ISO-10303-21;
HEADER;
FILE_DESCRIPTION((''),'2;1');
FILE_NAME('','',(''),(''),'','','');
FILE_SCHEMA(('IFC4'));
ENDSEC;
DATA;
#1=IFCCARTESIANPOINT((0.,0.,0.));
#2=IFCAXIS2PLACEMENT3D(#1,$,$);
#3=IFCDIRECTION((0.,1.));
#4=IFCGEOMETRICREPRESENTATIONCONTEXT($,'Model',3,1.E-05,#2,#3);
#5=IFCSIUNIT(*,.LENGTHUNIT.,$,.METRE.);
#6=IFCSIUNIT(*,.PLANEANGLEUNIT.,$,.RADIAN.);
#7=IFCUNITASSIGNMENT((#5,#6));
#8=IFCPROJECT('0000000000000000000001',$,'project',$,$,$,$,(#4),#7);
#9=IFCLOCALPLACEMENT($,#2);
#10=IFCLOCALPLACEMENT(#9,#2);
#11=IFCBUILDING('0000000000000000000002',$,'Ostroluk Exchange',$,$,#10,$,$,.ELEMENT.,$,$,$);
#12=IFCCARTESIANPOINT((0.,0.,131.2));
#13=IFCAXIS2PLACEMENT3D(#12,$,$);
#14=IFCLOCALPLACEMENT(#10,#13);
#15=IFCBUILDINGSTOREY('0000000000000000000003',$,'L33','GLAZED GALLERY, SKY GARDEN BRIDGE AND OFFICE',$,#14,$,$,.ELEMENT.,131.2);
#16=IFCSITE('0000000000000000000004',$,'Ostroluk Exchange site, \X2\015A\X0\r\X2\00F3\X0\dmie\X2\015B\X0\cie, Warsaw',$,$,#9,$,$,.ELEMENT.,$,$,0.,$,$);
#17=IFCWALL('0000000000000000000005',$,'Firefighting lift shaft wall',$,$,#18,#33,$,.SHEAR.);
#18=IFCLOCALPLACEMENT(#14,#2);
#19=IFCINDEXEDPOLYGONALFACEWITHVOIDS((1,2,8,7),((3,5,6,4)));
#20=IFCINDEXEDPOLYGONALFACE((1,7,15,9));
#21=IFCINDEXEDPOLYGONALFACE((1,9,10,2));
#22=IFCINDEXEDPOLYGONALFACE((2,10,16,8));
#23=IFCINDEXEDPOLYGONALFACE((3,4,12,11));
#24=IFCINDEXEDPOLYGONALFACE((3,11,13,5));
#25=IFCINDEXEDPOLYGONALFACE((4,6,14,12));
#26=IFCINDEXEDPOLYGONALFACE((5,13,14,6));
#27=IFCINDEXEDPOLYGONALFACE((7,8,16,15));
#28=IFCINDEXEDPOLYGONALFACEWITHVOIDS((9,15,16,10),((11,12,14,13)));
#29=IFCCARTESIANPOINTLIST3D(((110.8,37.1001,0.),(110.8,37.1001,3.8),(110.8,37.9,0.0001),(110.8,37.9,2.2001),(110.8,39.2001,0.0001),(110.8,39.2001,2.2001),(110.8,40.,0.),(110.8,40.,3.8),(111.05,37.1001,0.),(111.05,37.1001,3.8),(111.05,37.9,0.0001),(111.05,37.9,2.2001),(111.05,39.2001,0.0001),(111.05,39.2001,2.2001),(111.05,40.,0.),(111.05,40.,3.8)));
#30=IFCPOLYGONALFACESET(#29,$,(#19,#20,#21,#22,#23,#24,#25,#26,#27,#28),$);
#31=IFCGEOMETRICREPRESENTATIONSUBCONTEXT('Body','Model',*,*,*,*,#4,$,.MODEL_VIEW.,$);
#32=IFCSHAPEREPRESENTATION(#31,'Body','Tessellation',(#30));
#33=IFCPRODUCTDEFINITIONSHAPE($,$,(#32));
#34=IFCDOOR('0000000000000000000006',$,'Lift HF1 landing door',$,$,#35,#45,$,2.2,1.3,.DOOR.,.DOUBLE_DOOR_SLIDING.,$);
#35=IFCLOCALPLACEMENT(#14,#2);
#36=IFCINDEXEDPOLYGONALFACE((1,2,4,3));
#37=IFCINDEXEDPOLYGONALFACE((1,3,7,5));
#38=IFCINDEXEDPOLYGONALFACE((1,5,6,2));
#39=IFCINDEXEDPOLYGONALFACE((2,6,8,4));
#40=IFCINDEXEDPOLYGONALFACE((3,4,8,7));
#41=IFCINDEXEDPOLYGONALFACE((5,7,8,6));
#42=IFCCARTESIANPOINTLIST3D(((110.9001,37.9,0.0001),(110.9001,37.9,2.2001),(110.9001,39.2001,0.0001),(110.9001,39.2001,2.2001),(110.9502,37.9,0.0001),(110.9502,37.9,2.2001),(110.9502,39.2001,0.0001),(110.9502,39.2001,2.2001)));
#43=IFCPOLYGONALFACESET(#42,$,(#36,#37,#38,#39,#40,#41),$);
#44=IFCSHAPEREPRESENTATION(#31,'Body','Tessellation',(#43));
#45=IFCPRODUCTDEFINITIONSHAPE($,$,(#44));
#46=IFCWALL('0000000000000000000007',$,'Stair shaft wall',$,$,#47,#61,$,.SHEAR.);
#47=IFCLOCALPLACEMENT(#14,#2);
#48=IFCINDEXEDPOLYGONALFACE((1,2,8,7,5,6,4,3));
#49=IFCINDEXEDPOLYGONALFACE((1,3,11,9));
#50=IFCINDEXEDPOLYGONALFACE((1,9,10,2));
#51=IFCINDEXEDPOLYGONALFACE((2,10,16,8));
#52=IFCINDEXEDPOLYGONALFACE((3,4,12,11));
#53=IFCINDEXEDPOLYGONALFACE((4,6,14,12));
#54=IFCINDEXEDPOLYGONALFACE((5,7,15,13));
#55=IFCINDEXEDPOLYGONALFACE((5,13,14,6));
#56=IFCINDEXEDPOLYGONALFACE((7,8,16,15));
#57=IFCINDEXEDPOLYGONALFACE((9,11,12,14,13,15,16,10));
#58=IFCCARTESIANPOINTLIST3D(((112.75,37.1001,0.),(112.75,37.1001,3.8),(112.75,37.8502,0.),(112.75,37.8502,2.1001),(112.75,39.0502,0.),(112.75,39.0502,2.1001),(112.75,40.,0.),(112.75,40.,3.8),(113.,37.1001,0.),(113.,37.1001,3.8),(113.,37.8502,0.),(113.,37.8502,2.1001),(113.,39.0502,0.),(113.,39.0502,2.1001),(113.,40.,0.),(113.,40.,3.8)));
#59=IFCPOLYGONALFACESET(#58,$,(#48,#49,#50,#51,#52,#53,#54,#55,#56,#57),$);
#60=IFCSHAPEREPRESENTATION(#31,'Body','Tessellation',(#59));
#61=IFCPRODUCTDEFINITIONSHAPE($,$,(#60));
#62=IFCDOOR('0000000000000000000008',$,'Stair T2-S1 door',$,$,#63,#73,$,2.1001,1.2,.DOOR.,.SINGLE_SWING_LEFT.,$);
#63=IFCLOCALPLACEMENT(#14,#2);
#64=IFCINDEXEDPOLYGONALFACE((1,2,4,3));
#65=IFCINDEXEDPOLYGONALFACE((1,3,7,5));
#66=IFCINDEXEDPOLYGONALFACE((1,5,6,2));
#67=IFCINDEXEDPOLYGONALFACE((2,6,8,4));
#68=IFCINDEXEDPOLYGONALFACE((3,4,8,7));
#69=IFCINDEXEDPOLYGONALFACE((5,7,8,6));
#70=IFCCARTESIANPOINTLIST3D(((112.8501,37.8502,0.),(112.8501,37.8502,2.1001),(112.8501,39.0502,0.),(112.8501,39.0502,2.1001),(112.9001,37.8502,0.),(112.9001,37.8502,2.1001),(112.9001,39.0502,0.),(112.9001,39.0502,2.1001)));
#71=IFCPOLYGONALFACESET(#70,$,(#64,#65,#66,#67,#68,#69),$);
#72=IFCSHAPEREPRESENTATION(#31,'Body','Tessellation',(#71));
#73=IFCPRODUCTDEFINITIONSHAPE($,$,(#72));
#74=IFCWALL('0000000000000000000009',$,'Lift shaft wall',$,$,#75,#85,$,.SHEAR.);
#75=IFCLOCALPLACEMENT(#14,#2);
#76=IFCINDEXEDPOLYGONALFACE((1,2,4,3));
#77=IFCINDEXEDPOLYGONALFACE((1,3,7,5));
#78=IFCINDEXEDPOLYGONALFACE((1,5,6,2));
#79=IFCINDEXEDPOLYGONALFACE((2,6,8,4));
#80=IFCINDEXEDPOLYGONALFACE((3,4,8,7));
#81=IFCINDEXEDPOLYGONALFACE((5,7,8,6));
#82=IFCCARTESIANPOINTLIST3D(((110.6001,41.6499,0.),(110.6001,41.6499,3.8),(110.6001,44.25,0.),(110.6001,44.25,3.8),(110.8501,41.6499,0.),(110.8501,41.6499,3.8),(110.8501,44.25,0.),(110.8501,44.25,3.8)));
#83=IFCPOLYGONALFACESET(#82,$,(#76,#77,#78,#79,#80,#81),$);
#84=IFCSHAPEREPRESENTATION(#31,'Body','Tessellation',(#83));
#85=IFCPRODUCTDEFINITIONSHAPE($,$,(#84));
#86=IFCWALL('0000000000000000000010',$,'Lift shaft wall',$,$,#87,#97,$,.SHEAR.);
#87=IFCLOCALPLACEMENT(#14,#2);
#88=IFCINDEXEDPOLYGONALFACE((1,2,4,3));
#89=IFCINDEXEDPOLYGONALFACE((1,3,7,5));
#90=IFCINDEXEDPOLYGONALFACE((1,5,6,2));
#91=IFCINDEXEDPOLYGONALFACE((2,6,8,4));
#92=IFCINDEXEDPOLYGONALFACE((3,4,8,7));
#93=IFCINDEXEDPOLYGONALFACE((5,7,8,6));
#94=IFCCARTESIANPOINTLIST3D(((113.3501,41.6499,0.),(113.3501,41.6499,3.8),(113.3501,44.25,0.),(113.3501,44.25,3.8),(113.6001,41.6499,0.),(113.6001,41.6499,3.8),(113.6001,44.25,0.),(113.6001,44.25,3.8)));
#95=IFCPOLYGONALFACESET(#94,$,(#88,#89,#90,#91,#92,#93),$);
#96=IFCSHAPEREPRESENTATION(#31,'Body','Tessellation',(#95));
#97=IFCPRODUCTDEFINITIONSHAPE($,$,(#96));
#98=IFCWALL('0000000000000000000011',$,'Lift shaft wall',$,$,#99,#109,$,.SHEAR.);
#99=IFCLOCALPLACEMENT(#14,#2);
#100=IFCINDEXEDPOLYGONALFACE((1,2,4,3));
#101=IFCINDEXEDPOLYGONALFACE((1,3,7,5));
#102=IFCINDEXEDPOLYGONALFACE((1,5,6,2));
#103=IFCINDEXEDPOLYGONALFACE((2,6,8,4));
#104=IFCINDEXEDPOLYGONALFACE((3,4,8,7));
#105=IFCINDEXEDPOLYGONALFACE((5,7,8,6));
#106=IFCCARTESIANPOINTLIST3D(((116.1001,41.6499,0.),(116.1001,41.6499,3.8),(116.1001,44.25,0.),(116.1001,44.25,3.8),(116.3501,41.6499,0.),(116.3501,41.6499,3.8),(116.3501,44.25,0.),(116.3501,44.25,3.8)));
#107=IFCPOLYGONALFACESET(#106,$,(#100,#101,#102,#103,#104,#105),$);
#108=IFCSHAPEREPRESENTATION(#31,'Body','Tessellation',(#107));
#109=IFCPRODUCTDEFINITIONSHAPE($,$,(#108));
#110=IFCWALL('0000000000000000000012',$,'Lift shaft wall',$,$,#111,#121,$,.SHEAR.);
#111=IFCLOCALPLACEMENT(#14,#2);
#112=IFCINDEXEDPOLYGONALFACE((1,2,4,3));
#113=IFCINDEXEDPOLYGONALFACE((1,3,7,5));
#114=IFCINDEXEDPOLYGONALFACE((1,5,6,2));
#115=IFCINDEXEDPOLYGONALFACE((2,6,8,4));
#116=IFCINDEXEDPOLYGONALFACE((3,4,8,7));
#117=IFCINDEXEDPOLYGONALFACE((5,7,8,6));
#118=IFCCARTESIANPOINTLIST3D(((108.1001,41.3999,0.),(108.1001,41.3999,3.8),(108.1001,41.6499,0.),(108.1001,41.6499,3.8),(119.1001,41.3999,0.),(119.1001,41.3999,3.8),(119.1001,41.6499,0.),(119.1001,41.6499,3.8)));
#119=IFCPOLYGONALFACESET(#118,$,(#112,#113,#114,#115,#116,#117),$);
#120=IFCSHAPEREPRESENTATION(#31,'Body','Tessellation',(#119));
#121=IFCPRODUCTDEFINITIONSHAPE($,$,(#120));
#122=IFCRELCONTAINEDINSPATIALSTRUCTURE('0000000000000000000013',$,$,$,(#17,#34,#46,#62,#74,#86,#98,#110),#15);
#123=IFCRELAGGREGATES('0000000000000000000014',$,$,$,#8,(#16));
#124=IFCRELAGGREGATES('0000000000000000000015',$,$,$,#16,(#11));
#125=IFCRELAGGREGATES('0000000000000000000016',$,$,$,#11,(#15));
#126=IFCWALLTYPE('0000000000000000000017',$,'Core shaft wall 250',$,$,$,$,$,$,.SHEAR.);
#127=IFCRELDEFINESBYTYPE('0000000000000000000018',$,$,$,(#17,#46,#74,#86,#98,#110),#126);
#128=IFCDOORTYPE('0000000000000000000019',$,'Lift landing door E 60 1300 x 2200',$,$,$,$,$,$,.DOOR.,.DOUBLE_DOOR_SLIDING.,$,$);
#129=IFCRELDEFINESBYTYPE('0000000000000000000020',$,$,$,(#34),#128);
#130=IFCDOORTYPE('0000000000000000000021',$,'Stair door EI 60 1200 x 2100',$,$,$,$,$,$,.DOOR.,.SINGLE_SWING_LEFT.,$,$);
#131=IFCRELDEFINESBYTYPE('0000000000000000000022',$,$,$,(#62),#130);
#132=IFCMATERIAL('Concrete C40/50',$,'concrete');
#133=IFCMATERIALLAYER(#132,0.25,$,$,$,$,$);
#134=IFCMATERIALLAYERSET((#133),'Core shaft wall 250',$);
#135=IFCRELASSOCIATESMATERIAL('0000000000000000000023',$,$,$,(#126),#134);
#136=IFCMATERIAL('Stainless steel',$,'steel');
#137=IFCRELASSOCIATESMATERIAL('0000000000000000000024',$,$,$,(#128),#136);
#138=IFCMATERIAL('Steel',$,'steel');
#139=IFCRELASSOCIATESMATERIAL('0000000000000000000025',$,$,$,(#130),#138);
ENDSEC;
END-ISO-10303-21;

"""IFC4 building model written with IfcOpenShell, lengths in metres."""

from ifc_helpers import new_model, si_unit, direction, frame, frame_2d, origin, place, context, subcontext, project, spatial, rectangle, extrude, material, layer, layer_set, type_object, element, fill, save


model = new_model("IFC4")

# Units and contexts
model_context = context("Model", 3, precision=1e-05, world=origin(), true_north=direction((0.0, 1.0)))
body_context = subcontext(model_context, "Body", "Model", "MODEL_VIEW")
ifc_project = project(units=[si_unit("LENGTHUNIT", "METRE"), si_unit("PLANEANGLEUNIT", "RADIAN")], contexts=[model_context])

# Site, building, storey
site_placement = place(None, origin())
site = spatial("IfcSite", under=ifc_project, at=site_placement, Name="Ostroluk Exchange site, Śródmieście, Warsaw", CompositionType="ELEMENT", RefElevation=0.0)
building_placement = place(site_placement, origin())
building = spatial("IfcBuilding", under=site, at=building_placement, Name="Ostroluk Exchange", CompositionType="ELEMENT")
storey_placement = place(building_placement, frame((0.0, 0.0, 131.2)))
storey = spatial("IfcBuildingStorey", under=building, at=storey_placement, Name="L33", Description="GLAZED GALLERY, SKY GARDEN BRIDGE AND OFFICE", CompositionType="ELEMENT", Elevation=131.2)

# Walls, openings, doors
ifc_material_1 = material(Name="Concrete C40/50", Category="concrete")
ifc_layer_1 = layer(ifc_material_1, 0.25)
ifc_layer_set_1 = layer_set([ifc_layer_1], Name="Core shaft wall 250")
wall_type_1 = type_object("IfcWallType", Name="Core shaft wall 250", PredefinedType="SHEAR", material=ifc_layer_set_1)
wall_1_placement = place(storey_placement, frame((110.925, 37.1001, 0.0), z_axis=(0.0, 0.0, 1.0), x_axis=(0.0, 1.0, 0.0)))
wall_1 = element("IfcWall", 1, at=wall_1_placement, inside=storey, type_object=wall_type_1, Name="Firefighting lift shaft wall", PredefinedType="SHEAR", context=body_context, shape_type="SweptSolid", body=[
    extrude(rectangle(XDim=2.8999, YDim=0.25, at=frame_2d((1.45, 0.0))), origin(), (0.0, 0.0, 1.0), 3.8),
])
opening_1_placement = place(wall_1_placement, frame((0.8, 0.0, 0.0)))
opening_1 = element("IfcOpeningElement", 2, at=opening_1_placement, cuts=wall_1, PredefinedType="OPENING", context=body_context, shape_type="SweptSolid", body=[
    extrude(rectangle(XDim=1.3, YDim=2.2, at=frame_2d((0.6499, 1.1001))), frame((0.0, 0.135, 0.0), z_axis=(0.0, -1.0, 0.0), x_axis=(1.0, 0.0, 0.0)), (0.0, 0.0, 1.0), 0.27),
])
ifc_material_2 = material(Name="Stainless steel", Category="steel")
door_type_1 = type_object("IfcDoorType", Name="Lift landing door E 60 1300 x 2200", OperationType="DOUBLE_DOOR_SLIDING", PredefinedType="DOOR", material=ifc_material_2)
door_1_placement = place(opening_1_placement, origin())
door_1 = element("IfcDoor", 3, at=door_1_placement, inside=storey, type_object=door_type_1, Name="Lift HF1 landing door", OperationType="DOUBLE_DOOR_SLIDING", OverallHeight=2.2, OverallWidth=1.3, PredefinedType="DOOR", context=body_context, shape_type="SweptSolid", body=[
    extrude(rectangle(XDim=1.3, YDim=2.2, at=frame_2d((0.6499, 1.1001))), frame((0.0, 0.0249, 0.0), z_axis=(0.0, -1.0, 0.0), x_axis=(1.0, 0.0, 0.0)), (0.0, 0.0, 1.0), 0.05),
])
fill(opening_1, door_1)
wall_2_placement = place(storey_placement, frame((112.875, 37.1001, 0.0), z_axis=(0.0, 0.0, 1.0), x_axis=(0.0, 1.0, 0.0)))
wall_2 = element("IfcWall", 4, at=wall_2_placement, inside=storey, type_object=wall_type_1, Name="Stair shaft wall", PredefinedType="SHEAR", context=body_context, shape_type="SweptSolid", body=[
    extrude(rectangle(XDim=2.8999, YDim=0.25, at=frame_2d((1.45, 0.0))), origin(), (0.0, 0.0, 1.0), 3.8),
])
opening_2_placement = place(wall_2_placement, frame((0.75, 0.0, 0.0)))
opening_2 = element("IfcOpeningElement", 5, at=opening_2_placement, cuts=wall_2, PredefinedType="OPENING", context=body_context, shape_type="SweptSolid", body=[
    extrude(rectangle(XDim=1.2, YDim=2.1001, at=frame_2d((0.6001, 1.05))), frame((0.0, 0.135, 0.0), z_axis=(0.0, -1.0, 0.0), x_axis=(1.0, 0.0, 0.0)), (0.0, 0.0, 1.0), 0.27),
])
ifc_material_3 = material(Name="Steel", Category="steel")
door_type_2 = type_object("IfcDoorType", Name="Stair door EI 60 1200 x 2100", OperationType="SINGLE_SWING_LEFT", PredefinedType="DOOR", material=ifc_material_3)
door_2_placement = place(opening_2_placement, origin())
door_2 = element("IfcDoor", 6, at=door_2_placement, inside=storey, type_object=door_type_2, Name="Stair T2-S1 door", OperationType="SINGLE_SWING_LEFT", OverallHeight=2.1001, OverallWidth=1.2, PredefinedType="DOOR", context=body_context, shape_type="SweptSolid", body=[
    extrude(rectangle(XDim=1.2, YDim=2.1001, at=frame_2d((0.6001, 1.05))), frame((0.0, 0.0249, 0.0), z_axis=(0.0, -1.0, 0.0), x_axis=(1.0, 0.0, 0.0)), (0.0, 0.0, 1.0), 0.05),
])
fill(opening_2, door_2)

# Walls
for number, where, z_axis, x_axis, name in (
    (7, (110.7251, 44.25, 0.0), (0.0, 0.0, 1.0), (0.0, -1.0, 0.0), "Lift shaft wall"),
    (8, (113.4751, 44.25, 0.0), (0.0, 0.0, 1.0), (0.0, -1.0, 0.0), "Lift shaft wall"),
    (9, (116.2251, 44.25, 0.0), (0.0, 0.0, 1.0), (0.0, -1.0, 0.0), "Lift shaft wall"),
):
    element("IfcWall", number, at=place(storey_placement, frame(where, z_axis=z_axis, x_axis=x_axis)), inside=storey, type_object=wall_type_1, Name=name, PredefinedType="SHEAR", context=body_context, shape_type="SweptSolid", body=[
        extrude(rectangle(XDim=2.6001, YDim=0.25, at=frame_2d((1.3, 0.0))), origin(), (0.0, 0.0, 1.0), 3.8),
    ])
wall_3_placement = place(storey_placement, frame((108.1001, 41.5249, 0.0), z_axis=(0.0, 0.0, 1.0), x_axis=(1.0, 0.0, 0.0)))
element("IfcWall", 10, at=wall_3_placement, inside=storey, type_object=wall_type_1, Name="Lift shaft wall", PredefinedType="SHEAR", context=body_context, shape_type="SweptSolid", body=[
    extrude(rectangle(XDim=11.0, YDim=0.25, at=frame_2d((5.5, 0.0))), origin(), (0.0, 0.0, 1.0), 3.8),
])

save(model, "model.ifc")
